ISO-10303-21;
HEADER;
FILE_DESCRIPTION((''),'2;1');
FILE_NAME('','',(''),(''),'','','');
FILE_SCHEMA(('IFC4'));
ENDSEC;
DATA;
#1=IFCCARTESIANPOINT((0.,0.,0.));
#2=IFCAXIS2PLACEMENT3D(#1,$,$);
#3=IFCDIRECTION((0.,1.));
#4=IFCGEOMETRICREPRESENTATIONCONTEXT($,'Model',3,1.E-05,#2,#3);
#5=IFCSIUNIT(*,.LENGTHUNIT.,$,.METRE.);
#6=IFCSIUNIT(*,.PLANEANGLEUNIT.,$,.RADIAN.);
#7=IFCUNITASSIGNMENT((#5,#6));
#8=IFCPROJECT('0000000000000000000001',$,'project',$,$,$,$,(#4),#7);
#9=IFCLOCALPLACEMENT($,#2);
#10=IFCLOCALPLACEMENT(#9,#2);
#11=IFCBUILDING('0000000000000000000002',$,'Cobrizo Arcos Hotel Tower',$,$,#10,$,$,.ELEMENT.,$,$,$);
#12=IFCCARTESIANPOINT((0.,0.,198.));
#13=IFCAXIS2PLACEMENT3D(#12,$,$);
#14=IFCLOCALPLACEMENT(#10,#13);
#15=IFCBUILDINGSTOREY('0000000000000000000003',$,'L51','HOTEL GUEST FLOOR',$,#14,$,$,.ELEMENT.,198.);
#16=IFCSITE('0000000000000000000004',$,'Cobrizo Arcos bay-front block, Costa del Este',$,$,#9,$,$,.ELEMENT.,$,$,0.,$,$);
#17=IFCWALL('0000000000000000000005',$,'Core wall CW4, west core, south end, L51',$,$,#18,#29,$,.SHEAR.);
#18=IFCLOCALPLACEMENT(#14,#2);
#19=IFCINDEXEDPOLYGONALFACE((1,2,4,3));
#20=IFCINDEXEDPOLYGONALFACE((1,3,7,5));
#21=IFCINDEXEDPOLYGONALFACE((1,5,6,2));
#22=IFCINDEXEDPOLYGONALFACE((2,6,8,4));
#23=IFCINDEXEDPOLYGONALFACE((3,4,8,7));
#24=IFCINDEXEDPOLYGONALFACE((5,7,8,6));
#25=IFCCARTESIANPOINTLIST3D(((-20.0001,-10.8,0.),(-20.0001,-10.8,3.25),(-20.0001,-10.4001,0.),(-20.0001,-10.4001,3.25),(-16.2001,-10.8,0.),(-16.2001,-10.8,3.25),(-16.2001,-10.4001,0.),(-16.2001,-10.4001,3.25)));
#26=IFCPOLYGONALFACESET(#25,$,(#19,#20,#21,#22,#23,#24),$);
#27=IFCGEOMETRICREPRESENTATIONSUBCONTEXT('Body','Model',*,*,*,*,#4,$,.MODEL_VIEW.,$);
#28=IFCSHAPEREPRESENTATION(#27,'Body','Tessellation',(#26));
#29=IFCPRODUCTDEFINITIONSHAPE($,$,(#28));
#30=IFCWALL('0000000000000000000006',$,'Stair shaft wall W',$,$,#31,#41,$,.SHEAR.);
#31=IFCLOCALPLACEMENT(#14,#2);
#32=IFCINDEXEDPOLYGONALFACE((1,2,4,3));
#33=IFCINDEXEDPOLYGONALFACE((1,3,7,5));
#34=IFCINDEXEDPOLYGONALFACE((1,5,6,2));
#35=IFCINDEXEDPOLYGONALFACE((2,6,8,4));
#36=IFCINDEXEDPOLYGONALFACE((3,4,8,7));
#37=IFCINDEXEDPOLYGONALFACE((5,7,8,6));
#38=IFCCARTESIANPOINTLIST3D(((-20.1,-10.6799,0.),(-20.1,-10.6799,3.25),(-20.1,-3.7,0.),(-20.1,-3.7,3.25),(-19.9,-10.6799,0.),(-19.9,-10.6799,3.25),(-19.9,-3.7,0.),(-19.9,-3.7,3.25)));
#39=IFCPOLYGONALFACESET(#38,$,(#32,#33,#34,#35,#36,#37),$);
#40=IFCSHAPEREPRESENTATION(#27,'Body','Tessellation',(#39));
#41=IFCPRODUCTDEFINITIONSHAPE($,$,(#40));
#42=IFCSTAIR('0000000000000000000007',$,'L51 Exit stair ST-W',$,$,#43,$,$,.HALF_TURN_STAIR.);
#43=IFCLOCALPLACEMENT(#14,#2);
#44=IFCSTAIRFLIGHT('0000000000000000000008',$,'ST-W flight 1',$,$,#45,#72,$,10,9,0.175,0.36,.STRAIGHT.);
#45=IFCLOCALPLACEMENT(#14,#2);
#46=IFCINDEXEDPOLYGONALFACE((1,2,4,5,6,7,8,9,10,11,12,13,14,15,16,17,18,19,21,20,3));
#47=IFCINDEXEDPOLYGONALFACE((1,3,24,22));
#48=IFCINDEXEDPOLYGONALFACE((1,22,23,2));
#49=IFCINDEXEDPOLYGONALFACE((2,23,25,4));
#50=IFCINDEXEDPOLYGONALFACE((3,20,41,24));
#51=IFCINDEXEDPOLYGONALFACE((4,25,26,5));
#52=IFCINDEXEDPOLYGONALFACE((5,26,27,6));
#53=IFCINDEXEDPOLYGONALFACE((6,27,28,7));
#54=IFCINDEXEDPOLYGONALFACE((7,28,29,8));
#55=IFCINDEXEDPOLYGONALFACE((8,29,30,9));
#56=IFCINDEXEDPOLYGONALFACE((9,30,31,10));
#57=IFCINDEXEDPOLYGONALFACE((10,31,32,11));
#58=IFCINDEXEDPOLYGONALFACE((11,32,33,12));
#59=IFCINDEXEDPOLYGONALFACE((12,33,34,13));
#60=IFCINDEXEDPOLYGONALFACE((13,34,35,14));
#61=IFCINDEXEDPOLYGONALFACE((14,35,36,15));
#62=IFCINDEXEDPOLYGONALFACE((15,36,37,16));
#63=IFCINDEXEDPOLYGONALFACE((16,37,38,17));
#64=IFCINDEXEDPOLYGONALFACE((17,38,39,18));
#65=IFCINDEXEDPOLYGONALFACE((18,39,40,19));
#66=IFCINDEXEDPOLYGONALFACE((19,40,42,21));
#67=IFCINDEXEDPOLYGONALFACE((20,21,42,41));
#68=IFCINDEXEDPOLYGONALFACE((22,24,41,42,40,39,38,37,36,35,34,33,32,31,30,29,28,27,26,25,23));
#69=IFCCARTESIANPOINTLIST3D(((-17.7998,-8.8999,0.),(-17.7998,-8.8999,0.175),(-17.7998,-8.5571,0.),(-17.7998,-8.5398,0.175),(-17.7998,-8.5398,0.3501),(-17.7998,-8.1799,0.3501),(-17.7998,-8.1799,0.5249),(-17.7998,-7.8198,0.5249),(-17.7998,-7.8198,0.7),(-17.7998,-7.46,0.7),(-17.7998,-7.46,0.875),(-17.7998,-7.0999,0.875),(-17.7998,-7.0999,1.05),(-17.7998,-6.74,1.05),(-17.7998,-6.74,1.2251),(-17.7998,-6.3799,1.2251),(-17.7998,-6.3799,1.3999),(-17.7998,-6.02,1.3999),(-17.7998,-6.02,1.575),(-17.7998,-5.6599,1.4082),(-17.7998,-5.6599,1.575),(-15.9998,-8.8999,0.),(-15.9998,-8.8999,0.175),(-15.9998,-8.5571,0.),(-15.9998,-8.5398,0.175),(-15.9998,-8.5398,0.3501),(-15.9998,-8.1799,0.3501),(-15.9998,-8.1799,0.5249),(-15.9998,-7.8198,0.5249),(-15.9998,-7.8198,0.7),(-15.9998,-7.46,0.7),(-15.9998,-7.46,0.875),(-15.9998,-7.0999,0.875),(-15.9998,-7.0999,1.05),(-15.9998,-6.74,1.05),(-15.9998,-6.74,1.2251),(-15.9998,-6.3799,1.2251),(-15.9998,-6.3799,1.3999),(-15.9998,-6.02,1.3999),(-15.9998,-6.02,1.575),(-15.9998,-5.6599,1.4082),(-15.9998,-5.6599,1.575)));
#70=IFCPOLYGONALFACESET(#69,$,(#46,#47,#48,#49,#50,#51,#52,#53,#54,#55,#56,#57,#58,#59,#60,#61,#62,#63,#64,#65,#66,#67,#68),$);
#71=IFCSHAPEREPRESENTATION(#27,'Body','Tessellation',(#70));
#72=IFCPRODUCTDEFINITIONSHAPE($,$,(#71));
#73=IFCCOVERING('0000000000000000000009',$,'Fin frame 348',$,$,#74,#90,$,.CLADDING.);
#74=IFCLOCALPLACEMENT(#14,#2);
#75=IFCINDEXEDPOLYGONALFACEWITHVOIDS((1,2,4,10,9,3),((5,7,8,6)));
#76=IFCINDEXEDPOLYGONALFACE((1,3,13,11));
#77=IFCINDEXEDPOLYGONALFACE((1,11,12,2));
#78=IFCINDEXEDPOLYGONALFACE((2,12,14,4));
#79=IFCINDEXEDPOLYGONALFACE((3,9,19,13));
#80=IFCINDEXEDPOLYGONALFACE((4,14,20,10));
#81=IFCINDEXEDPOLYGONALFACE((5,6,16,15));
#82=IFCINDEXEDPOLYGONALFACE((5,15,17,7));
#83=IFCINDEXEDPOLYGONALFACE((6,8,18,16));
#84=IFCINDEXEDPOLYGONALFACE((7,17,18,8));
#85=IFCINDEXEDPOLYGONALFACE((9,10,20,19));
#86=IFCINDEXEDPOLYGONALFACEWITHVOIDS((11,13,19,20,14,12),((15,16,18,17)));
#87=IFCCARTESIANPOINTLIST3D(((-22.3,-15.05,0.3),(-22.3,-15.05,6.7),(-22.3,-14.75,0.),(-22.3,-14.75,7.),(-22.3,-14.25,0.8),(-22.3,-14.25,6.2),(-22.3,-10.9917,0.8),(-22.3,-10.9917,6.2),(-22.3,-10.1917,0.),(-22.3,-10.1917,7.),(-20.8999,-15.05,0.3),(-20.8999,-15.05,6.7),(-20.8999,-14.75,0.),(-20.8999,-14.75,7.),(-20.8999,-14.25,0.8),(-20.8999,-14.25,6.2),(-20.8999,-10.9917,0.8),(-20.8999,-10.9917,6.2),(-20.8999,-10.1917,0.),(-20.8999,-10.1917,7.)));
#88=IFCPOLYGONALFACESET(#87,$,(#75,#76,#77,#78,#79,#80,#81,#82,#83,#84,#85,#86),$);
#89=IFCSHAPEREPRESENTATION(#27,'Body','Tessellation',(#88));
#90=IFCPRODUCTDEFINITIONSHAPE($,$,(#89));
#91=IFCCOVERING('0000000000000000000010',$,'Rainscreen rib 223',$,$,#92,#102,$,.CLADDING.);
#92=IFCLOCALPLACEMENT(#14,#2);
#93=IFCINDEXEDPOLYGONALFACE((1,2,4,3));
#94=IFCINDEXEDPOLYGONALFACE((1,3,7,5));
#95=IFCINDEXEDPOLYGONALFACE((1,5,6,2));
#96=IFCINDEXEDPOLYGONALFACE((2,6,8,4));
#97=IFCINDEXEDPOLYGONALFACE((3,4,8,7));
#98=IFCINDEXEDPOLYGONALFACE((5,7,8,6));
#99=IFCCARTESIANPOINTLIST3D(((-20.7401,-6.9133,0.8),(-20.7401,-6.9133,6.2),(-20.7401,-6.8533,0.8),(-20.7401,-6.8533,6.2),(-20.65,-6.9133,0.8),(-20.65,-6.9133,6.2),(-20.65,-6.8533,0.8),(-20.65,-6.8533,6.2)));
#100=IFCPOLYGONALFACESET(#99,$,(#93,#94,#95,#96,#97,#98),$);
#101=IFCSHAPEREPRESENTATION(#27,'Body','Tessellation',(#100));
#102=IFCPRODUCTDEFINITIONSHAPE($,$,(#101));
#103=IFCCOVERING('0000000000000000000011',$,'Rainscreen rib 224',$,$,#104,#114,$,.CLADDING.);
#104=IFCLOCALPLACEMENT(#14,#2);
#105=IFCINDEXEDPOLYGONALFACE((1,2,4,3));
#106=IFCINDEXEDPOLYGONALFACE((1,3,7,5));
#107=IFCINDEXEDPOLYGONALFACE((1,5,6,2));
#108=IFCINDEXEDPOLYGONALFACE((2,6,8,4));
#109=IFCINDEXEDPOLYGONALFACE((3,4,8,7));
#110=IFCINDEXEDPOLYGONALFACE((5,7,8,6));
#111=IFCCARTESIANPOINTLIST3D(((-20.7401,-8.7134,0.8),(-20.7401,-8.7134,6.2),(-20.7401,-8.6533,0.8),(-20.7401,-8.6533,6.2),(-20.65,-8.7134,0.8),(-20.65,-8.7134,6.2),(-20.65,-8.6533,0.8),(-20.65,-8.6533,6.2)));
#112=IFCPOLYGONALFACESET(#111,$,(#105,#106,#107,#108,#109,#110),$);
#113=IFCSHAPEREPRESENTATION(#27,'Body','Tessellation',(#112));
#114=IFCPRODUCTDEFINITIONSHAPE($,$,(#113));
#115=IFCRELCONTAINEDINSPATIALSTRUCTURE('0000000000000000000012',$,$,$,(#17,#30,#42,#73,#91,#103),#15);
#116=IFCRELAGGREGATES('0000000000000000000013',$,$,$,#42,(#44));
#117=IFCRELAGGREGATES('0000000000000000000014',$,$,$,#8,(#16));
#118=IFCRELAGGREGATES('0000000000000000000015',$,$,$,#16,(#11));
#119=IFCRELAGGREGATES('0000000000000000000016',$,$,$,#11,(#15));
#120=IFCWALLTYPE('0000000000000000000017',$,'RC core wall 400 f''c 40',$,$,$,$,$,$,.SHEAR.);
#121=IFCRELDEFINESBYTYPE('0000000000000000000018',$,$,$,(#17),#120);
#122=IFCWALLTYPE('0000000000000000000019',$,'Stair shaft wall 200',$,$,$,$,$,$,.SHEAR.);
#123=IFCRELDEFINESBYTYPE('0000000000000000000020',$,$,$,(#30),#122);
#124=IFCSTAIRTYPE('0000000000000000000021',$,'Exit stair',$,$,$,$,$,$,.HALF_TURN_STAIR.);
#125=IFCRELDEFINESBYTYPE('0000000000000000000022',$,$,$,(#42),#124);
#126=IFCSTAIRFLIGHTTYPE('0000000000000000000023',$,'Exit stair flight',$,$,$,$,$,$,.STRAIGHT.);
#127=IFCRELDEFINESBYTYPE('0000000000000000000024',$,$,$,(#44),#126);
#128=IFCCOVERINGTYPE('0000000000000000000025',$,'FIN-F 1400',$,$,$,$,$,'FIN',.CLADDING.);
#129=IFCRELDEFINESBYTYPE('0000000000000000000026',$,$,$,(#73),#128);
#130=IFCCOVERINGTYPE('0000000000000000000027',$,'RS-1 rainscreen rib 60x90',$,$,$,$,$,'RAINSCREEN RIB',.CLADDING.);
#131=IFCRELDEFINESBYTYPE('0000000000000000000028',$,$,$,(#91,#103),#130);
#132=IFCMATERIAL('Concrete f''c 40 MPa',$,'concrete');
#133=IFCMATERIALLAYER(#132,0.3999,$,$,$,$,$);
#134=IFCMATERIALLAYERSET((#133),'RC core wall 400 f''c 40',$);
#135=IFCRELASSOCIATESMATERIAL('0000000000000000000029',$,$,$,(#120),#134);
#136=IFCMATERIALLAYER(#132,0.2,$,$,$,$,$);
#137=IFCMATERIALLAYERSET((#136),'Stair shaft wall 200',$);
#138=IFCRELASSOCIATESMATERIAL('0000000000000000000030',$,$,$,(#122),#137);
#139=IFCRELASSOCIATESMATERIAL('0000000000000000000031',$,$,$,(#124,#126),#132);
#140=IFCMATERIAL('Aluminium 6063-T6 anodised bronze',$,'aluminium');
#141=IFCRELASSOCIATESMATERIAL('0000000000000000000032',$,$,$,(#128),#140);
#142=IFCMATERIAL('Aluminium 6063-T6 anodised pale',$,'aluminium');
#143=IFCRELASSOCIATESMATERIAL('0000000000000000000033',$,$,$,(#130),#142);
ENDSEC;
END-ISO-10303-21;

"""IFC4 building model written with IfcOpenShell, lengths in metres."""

from ifc_helpers import new_model, si_unit, direction, frame, frame_2d, origin, origin_2d, place, context, subcontext, project, spatial, polyline, rectangle, outline, extrude, material, layer, layer_set, type_object, element, aggregate, save


model = new_model("IFC4")

# Units and contexts
model_context = context("Model", 3, precision=1e-05, world=origin(), true_north=direction((0.0, 1.0)))
body_context = subcontext(model_context, "Body", "Model", "MODEL_VIEW")
ifc_project = project(units=[si_unit("LENGTHUNIT", "METRE"), si_unit("PLANEANGLEUNIT", "RADIAN")], contexts=[model_context])

# Site, building, storey
site_placement = place(None, origin())
site = spatial("IfcSite", under=ifc_project, at=site_placement, Name="Cobrizo Arcos bay-front block, Costa del Este", CompositionType="ELEMENT", RefElevation=0.0)
building_placement = place(site_placement, origin())
building = spatial("IfcBuilding", under=site, at=building_placement, Name="Cobrizo Arcos Hotel Tower", CompositionType="ELEMENT")
storey_placement = place(building_placement, frame((0.0, 0.0, 198.0)))
storey = spatial("IfcBuildingStorey", under=building, at=storey_placement, Name="L51", Description="HOTEL GUEST FLOOR", CompositionType="ELEMENT", Elevation=198.0)

# Shared definitions
ifc_material_1 = material(Name="Concrete f'c 40 MPa", Category="concrete")
ifc_layer_1 = layer(ifc_material_1, 0.3999)
ifc_layer_set_1 = layer_set([ifc_layer_1], Name="RC core wall 400 f'c 40")
wall_type_1 = type_object("IfcWallType", Name="RC core wall 400 f'c 40", PredefinedType="SHEAR", material=ifc_layer_set_1)

# Walls
wall_1_placement = place(storey_placement, frame((-20.0, -10.6001, 0.0), z_axis=(0.0, 0.0, 1.0), x_axis=(1.0, 0.0, 0.0)))
element("IfcWall", 1, at=wall_1_placement, inside=storey, type_object=wall_type_1, Name="Core wall CW4, west core, south end, L51", PredefinedType="SHEAR", context=body_context, shape_type="SweptSolid", body=[
    extrude(rectangle(XDim=3.8, YDim=0.3999, at=frame_2d((1.8999, 0.0))), origin(), (0.0, 0.0, 1.0), 3.25),
])
ifc_layer_2 = layer(ifc_material_1, 0.2)
ifc_layer_set_2 = layer_set([ifc_layer_2], Name="Stair shaft wall 200")
wall_type_2 = type_object("IfcWallType", Name="Stair shaft wall 200", PredefinedType="SHEAR", material=ifc_layer_set_2)
wall_2_placement = place(storey_placement, frame((-20.0, -10.6799, 0.0), z_axis=(0.0, 0.0, 1.0), x_axis=(0.0, 1.0, 0.0)))
element("IfcWall", 2, at=wall_2_placement, inside=storey, type_object=wall_type_2, Name="Stair shaft wall W", PredefinedType="SHEAR", context=body_context, shape_type="SweptSolid", body=[
    extrude(rectangle(XDim=6.98, YDim=0.2, at=frame_2d((3.49, 0.0))), origin(), (0.0, 0.0, 1.0), 3.25),
])

# Stair, stair flight
stair_type = type_object("IfcStairType", Name="Exit stair", PredefinedType="HALF_TURN_STAIR", material=ifc_material_1)
stair_placement = place(storey_placement, origin())
stair = element("IfcStair", 3, at=stair_placement, inside=storey, type_object=stair_type, Name="L51 Exit stair ST-W", PredefinedType="HALF_TURN_STAIR")
stair_flight_type = type_object("IfcStairFlightType", Name="Exit stair flight", PredefinedType="STRAIGHT", material=ifc_material_1)
stair_flight_placement = place(storey_placement, frame((-16.8999, -8.8999, 0.0), z_axis=(0.0, 0.0, 1.0), x_axis=(0.0, 1.0, 0.0)))
stair_flight = element("IfcStairFlight", 4, at=stair_flight_placement, type_object=stair_flight_type, Name="ST-W flight 1", NumberOfRisers=10, NumberOfTreads=9, PredefinedType="STRAIGHT", RiserHeight=0.175, TreadLength=0.36, context=body_context, shape_type="SweptSolid", body=[
    extrude(outline(polyline([(0.0, 0.0), (0.0, 0.175), (0.3601, 0.175), (0.3601, 0.3501), (0.72, 0.3501), (0.72, 0.5249), (1.0801, 0.5249), (1.0801, 0.7), (1.4399, 0.7), (1.4399, 0.875), (1.8, 0.875), (1.8, 1.05), (2.1599, 1.05), (2.1599, 1.2251), (2.52, 1.2251), (2.52, 1.3999), (2.8799, 1.3999), (2.8799, 1.575), (3.24, 1.575), (3.24, 1.75), (3.24, 1.4082), (0.3428, 0.0), (0.0, 0.0)])), frame((0.0, 0.8999, 0.0), z_axis=(0.0, -1.0, 0.0), x_axis=(1.0, 0.0, 0.0)), (0.0, 0.0, 1.0), 1.8),
])
aggregate(stair, [stair_flight])

# Coverings
ifc_material_2 = material(Name="Aluminium 6063-T6 anodised bronze", Category="aluminium")
covering_type_1 = type_object("IfcCoveringType", Name="FIN-F 1400", ElementType="FIN", PredefinedType="CLADDING", material=ifc_material_2)
covering_placement = place(storey_placement, frame((-20.8999, -10.1917, 0.0), z_axis=(-1.0, 0.0, 0.0), x_axis=(0.0, -1.0, 0.0)))
element("IfcCovering", 5, at=covering_placement, inside=storey, type_object=covering_type_1, Name="Fin frame 348", PredefinedType="CLADDING", context=body_context, shape_type="SweptSolid", body=[
    extrude(outline(polyline([(0.0, 7.0), (0.0, 0.0), (4.5583, 0.0), (4.8584, 0.3), (4.8584, 6.7), (4.5583, 7.0), (0.0, 7.0)]), holes=[polyline([(4.0583, 0.8), (0.8, 0.8), (0.8, 6.2), (4.0583, 6.2), (4.0583, 0.8)])]), origin(), (0.0, 0.0, 1.0), 1.4001),
])
ifc_material_3 = material(Name="Aluminium 6063-T6 anodised pale", Category="aluminium")
covering_type_2 = type_object("IfcCoveringType", Name="RS-1 rainscreen rib 60x90", ElementType="RAINSCREEN RIB", PredefinedType="CLADDING", material=ifc_material_3)
for number, where, z_axis, x_axis, name in (
    (6, (-20.6951, -6.8833, 0.8), (0.0, 0.0, 1.0), (0.0, -1.0, 0.0), "Rainscreen rib 223"),
    (7, (-20.6951, -8.6833, 0.8), (0.0, 0.0, 1.0), (0.0, -1.0, 0.0), "Rainscreen rib 224"),
):
    element("IfcCovering", number, at=place(storey_placement, frame(where, z_axis=z_axis, x_axis=x_axis)), inside=storey, type_object=covering_type_2, Name=name, PredefinedType="CLADDING", context=body_context, shape_type="SweptSolid", body=[
        extrude(rectangle(XDim=0.0601, YDim=0.0901, at=origin_2d()), origin(), (0.0, 0.0, 1.0), 5.3999),
    ])

save(model, "model.ifc")
